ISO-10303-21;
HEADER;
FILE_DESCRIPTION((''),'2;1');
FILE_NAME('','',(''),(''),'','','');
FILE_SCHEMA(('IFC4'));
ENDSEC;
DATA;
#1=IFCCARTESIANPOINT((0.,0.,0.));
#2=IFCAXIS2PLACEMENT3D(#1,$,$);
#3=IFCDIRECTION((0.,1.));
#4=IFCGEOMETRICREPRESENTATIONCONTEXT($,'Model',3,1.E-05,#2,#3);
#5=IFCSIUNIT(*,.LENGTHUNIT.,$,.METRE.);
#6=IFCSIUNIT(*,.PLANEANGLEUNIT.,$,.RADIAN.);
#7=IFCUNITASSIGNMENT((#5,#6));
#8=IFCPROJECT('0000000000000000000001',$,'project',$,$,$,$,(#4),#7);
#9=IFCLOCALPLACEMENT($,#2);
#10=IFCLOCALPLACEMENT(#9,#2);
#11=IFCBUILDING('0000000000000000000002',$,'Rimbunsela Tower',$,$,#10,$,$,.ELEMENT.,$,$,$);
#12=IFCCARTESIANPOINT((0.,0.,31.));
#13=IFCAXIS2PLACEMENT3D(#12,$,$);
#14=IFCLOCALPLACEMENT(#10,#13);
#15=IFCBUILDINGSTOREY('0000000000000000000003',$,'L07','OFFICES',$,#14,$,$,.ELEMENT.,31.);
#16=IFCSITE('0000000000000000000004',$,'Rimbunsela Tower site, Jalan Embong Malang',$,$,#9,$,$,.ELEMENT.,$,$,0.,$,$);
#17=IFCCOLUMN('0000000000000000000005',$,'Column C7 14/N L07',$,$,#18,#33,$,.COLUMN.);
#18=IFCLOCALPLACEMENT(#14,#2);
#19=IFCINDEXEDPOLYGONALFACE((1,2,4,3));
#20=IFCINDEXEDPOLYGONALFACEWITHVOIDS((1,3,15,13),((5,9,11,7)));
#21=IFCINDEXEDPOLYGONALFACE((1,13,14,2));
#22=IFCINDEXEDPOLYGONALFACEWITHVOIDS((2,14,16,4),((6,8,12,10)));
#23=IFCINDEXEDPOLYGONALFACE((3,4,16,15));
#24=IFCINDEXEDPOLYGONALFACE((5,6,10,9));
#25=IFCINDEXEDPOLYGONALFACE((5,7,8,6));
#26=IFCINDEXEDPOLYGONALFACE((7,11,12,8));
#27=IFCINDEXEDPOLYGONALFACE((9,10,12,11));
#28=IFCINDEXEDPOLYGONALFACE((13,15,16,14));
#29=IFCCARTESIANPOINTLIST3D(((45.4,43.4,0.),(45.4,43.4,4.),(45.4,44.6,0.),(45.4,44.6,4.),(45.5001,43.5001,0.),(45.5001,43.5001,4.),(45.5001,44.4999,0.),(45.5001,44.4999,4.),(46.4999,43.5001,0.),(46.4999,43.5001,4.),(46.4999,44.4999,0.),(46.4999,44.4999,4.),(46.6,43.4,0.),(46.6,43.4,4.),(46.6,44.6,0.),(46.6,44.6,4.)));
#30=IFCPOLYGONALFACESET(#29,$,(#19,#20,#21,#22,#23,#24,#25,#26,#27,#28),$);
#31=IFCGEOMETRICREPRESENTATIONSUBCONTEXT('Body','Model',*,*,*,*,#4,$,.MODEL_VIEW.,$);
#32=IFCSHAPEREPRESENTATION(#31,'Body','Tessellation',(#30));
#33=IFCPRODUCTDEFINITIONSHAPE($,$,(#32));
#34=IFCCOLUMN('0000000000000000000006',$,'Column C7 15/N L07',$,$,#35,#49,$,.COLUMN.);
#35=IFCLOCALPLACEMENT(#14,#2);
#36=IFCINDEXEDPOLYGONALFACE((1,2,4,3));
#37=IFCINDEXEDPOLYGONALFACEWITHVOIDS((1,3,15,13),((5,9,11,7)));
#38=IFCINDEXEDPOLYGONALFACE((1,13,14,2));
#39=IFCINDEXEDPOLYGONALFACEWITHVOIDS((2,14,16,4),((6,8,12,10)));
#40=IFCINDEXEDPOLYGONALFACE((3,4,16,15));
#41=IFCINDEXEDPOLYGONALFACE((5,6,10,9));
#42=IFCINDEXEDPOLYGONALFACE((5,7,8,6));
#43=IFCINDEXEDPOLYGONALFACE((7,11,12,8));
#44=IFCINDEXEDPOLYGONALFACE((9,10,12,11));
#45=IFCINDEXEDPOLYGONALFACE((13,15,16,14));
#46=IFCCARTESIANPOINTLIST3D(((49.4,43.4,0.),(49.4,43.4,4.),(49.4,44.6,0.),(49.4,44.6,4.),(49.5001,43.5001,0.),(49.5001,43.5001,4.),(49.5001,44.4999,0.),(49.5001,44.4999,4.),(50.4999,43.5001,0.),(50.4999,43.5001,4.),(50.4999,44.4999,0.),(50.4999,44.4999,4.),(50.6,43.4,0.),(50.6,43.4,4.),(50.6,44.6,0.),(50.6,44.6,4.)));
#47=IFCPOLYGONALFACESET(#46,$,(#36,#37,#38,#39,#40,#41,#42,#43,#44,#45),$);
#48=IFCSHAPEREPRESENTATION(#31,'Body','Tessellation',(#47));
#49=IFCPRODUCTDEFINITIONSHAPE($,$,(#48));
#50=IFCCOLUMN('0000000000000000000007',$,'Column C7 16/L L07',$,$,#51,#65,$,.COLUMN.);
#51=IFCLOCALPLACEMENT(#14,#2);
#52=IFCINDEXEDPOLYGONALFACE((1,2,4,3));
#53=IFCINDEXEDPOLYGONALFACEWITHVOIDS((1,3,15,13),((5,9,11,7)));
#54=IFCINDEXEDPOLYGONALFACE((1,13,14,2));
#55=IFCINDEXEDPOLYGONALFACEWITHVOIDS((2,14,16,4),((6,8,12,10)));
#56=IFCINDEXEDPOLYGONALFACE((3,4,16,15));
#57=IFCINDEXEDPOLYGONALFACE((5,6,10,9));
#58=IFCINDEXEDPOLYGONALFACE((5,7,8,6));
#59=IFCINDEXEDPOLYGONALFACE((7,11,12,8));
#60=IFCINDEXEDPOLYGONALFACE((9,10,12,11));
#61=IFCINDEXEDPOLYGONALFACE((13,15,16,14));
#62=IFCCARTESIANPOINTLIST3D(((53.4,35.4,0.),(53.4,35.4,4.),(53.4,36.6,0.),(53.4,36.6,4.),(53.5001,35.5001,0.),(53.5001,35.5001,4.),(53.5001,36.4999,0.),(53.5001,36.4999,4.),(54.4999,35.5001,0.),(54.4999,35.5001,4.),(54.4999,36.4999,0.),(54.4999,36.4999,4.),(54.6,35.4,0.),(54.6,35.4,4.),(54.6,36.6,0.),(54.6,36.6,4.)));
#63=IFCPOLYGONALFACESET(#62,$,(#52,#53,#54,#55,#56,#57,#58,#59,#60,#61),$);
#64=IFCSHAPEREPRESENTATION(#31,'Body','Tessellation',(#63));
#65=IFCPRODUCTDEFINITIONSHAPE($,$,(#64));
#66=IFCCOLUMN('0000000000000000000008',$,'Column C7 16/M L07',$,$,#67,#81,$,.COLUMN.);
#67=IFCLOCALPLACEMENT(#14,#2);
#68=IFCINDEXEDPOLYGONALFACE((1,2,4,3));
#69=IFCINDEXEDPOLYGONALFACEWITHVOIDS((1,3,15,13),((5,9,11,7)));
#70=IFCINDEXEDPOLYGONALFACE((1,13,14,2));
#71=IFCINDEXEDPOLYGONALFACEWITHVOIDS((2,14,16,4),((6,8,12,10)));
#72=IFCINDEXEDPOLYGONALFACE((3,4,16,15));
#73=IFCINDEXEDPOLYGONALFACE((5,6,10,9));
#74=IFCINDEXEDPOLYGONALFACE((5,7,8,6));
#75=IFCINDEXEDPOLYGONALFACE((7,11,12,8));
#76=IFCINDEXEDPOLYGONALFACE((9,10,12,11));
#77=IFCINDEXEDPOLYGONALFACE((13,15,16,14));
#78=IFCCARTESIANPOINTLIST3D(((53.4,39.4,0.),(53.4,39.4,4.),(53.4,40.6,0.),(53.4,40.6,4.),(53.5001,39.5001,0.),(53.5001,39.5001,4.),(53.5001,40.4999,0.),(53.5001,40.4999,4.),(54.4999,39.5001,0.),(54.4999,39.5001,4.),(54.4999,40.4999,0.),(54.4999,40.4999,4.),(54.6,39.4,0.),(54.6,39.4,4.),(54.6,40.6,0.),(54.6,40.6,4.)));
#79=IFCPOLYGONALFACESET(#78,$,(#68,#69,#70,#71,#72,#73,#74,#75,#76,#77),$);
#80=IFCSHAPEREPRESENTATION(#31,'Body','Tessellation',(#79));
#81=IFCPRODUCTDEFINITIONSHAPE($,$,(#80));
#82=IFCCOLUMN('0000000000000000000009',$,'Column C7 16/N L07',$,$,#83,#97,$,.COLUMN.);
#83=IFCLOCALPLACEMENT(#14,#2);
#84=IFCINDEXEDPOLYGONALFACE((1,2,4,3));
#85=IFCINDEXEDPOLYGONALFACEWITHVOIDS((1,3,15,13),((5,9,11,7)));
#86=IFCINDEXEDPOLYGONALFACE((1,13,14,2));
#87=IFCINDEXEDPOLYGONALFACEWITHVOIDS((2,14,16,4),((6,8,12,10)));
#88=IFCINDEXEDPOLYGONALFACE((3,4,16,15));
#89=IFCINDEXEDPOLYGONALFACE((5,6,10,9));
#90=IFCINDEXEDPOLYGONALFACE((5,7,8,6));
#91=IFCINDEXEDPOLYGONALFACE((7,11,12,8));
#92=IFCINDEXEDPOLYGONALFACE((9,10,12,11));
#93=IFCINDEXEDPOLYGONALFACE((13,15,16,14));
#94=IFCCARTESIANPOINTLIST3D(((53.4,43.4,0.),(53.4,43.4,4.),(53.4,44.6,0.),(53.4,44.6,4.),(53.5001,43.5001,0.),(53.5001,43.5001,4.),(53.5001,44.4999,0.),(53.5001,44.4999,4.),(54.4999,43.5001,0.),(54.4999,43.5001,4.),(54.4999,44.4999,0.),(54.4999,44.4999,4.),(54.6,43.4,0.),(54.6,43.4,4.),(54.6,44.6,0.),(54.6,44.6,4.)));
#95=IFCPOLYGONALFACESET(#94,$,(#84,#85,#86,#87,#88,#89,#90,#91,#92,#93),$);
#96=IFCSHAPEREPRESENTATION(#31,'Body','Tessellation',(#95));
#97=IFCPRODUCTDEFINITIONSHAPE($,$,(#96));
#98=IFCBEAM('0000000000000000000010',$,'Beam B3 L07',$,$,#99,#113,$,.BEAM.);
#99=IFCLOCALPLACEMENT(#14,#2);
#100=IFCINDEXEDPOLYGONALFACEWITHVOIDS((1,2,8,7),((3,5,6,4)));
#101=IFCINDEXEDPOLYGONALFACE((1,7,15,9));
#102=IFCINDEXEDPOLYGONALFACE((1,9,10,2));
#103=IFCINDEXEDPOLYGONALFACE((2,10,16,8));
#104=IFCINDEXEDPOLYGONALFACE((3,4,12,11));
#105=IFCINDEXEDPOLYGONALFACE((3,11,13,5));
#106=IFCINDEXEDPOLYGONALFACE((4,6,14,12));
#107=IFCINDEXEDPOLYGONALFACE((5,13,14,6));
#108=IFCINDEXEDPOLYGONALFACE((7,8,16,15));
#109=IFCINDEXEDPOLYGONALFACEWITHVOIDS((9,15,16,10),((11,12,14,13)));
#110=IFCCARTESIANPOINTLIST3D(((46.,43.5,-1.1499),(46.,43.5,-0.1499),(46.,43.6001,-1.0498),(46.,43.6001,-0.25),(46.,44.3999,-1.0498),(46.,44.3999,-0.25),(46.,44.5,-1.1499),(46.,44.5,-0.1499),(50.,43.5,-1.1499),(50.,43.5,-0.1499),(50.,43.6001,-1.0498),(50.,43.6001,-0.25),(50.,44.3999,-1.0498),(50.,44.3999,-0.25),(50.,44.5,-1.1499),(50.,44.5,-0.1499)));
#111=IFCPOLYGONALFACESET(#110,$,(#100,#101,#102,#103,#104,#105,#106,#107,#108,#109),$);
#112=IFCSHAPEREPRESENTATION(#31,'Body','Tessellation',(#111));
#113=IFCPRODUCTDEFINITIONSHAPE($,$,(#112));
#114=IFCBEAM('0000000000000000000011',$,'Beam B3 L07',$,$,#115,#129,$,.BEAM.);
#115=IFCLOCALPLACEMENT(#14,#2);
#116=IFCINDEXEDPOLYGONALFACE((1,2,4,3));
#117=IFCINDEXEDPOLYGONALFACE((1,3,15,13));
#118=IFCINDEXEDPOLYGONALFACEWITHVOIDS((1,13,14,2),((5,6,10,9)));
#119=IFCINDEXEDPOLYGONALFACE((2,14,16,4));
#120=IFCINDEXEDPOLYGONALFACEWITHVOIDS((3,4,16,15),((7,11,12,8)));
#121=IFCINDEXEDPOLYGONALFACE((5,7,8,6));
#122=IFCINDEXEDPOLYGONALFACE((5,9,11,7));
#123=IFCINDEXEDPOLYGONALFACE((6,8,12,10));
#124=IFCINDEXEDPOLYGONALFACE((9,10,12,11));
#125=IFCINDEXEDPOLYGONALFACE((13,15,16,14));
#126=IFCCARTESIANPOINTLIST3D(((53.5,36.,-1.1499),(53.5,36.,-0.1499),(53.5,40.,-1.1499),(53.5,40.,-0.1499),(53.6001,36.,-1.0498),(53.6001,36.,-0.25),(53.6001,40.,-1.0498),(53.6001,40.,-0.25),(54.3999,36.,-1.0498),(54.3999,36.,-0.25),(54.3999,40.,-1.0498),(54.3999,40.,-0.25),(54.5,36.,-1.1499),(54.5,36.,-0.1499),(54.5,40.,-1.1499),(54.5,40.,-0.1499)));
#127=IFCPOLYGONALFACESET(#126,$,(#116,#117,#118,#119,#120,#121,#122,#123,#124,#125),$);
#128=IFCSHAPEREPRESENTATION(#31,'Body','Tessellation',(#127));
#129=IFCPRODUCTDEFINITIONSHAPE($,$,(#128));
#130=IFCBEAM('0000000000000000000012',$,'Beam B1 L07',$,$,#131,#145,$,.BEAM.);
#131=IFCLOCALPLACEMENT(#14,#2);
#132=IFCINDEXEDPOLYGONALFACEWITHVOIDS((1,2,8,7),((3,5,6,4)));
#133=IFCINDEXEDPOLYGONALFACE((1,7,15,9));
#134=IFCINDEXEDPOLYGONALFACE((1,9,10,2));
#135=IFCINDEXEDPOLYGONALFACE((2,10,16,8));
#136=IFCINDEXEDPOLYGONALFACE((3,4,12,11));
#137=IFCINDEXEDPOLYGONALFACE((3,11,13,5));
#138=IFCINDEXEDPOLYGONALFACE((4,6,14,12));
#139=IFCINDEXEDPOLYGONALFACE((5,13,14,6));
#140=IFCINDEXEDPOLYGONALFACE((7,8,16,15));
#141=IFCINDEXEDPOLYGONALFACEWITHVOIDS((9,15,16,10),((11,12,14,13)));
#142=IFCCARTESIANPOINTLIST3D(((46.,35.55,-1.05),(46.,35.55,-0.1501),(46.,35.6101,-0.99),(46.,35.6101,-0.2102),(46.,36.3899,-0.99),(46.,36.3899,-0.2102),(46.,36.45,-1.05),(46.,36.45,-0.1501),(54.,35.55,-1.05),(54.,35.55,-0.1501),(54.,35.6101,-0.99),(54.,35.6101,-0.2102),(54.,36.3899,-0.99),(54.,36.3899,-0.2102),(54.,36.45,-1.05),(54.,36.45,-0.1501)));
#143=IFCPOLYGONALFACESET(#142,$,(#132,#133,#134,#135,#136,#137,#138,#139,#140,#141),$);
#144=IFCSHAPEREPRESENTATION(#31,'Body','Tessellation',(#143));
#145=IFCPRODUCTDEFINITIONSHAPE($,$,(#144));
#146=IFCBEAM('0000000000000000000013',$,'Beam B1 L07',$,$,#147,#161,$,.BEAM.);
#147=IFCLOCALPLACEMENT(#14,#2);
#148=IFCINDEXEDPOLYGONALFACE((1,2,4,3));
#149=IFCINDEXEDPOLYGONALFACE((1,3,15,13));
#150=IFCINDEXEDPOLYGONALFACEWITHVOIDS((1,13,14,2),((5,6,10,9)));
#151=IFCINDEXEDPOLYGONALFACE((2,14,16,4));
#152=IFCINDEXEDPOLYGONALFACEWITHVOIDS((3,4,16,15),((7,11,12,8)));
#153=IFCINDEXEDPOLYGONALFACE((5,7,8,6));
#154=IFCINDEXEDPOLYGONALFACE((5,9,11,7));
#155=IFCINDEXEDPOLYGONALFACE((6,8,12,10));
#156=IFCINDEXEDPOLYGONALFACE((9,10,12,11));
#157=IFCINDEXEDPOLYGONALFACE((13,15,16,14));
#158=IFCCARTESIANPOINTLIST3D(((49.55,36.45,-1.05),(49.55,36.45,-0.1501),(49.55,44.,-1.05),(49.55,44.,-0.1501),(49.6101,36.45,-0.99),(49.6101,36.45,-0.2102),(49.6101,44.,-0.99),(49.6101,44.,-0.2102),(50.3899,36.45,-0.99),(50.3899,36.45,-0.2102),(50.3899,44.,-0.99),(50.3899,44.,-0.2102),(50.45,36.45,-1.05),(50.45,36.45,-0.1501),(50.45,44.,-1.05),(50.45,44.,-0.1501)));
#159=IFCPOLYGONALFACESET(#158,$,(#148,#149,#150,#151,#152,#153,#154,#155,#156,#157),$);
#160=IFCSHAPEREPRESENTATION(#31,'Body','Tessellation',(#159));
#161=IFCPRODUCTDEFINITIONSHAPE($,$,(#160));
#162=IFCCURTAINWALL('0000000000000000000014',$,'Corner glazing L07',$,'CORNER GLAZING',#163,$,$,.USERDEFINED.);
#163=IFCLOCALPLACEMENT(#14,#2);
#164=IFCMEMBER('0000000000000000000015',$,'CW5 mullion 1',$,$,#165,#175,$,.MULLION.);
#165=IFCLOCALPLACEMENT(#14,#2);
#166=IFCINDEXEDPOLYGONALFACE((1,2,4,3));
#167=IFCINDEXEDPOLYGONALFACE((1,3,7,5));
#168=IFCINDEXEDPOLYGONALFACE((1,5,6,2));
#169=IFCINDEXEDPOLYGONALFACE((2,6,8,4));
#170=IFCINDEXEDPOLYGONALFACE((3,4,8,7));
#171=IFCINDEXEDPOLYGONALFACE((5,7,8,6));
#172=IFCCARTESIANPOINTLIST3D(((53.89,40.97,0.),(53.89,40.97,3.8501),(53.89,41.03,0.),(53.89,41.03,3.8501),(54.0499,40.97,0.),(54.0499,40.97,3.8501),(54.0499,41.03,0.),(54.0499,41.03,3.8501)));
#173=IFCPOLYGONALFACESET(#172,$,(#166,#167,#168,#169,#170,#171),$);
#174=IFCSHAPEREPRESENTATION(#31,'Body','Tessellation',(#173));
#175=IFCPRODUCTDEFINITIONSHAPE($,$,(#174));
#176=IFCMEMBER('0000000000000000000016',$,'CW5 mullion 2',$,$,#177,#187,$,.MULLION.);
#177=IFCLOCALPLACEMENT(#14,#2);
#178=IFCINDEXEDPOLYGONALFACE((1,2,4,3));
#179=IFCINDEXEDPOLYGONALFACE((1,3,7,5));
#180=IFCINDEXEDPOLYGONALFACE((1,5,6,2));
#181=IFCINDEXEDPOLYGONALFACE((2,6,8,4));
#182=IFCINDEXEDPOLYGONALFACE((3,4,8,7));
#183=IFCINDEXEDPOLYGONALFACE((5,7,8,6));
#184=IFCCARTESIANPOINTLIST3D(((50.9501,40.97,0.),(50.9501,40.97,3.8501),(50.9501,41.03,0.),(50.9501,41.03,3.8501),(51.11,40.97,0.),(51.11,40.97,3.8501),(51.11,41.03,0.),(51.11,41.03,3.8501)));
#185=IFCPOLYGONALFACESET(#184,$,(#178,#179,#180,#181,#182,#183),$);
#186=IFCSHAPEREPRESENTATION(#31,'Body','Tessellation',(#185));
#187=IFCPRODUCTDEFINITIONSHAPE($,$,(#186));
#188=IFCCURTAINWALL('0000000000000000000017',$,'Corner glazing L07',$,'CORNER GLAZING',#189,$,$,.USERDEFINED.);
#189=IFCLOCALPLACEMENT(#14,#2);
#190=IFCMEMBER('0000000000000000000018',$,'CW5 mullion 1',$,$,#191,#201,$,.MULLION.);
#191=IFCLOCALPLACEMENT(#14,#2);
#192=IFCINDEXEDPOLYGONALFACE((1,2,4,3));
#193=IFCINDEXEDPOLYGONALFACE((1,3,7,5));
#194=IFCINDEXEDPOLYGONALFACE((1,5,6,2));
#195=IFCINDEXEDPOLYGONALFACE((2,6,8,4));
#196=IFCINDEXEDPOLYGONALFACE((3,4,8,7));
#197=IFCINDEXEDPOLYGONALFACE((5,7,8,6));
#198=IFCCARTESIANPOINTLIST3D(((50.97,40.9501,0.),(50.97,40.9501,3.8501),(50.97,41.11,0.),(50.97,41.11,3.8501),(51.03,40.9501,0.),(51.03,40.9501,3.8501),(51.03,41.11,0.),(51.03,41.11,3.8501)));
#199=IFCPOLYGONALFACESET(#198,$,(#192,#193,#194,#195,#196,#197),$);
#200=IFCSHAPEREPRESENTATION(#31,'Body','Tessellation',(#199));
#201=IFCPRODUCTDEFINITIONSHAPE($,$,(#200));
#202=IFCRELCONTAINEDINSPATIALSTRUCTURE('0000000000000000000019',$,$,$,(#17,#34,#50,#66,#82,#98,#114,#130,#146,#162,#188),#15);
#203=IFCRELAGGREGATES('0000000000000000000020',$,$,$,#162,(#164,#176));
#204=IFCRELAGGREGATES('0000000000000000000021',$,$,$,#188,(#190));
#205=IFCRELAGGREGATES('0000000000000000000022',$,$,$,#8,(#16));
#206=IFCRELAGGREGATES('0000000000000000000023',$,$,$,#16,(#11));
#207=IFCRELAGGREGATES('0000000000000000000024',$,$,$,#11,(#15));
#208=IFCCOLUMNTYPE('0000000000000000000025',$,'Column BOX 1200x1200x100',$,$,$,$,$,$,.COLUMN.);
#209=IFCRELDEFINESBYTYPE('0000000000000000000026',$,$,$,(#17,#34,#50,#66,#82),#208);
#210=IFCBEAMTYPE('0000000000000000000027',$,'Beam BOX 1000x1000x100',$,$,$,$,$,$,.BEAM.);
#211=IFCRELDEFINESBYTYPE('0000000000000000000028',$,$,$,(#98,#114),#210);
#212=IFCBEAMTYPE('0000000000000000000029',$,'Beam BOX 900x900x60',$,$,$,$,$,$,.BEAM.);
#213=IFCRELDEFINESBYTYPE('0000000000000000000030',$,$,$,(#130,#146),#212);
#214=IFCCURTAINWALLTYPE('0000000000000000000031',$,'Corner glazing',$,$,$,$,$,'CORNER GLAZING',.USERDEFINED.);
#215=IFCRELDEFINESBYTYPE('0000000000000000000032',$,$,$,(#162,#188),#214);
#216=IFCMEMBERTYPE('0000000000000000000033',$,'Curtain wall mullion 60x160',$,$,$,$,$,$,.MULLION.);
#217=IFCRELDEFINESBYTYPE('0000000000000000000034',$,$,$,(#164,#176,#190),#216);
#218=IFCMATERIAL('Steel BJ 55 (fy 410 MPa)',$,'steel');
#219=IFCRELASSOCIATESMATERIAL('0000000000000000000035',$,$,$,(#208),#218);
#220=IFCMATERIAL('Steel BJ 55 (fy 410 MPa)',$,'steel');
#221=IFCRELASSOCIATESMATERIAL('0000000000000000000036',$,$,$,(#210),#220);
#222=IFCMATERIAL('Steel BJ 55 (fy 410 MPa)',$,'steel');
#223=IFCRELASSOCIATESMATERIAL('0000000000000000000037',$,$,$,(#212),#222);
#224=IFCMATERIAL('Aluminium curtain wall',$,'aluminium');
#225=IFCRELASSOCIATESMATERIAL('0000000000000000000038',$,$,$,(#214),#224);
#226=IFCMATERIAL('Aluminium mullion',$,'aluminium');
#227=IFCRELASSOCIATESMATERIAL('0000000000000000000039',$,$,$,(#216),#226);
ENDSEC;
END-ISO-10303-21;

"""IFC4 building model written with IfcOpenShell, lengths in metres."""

from ifc_helpers import new_model, si_unit, direction, frame, origin, origin_2d, place, context, subcontext, project, spatial, rectangle, hollow_rectangle, extrude, material, material_profile, profile_set, type_object, element, aggregate, save


model = new_model("IFC4")

# Units and contexts
model_context = context("Model", 3, precision=1e-05, world=origin(), true_north=direction((0.0, 1.0)))
body_context = subcontext(model_context, "Body", "Model", "MODEL_VIEW")
ifc_project = project(units=[si_unit("LENGTHUNIT", "METRE"), si_unit("PLANEANGLEUNIT", "RADIAN")], contexts=[model_context])

# Site, building, storey
site_placement = place(None, origin())
site = spatial("IfcSite", under=ifc_project, at=site_placement, Name="Rimbunsela Tower site, Jalan Embong Malang", CompositionType="ELEMENT", RefElevation=0.0)
building_placement = place(site_placement, origin())
building = spatial("IfcBuilding", under=site, at=building_placement, Name="Rimbunsela Tower", CompositionType="ELEMENT")
storey_placement = place(building_placement, frame((0.0, 0.0, 31.0)))
storey = spatial("IfcBuildingStorey", under=building, at=storey_placement, Name="L07", Description="OFFICES", CompositionType="ELEMENT", Elevation=31.0)

# Columns
ifc_material_1 = material(Name="Steel BJ 55 (fy 410 MPa)", Category="steel")
ifc_material_profile_1 = material_profile(ifc_material_1, hollow_rectangle(XDim=1.2, YDim=1.2, WallThickness=0.1001, at=origin_2d()), Name="BOX 1200x1200x100")
ifc_profile_set_1 = profile_set([ifc_material_profile_1], Name="Steel BJ 55 (fy 410 MPa)")
column_type = type_object("IfcColumnType", Name="Column BOX 1200x1200x100", PredefinedType="COLUMN", material=ifc_profile_set_1)
for number, where, z_axis, x_axis, name in (
    (1, (46.0, 44.0, 0.0), (0.0, 0.0, 1.0), (1.0, 0.0, 0.0), "Column C7 14/N L07"),
    (2, (50.0, 44.0, 0.0), (0.0, 0.0, 1.0), (1.0, 0.0, 0.0), "Column C7 15/N L07"),
    (3, (54.0, 36.0, 0.0), (0.0, 0.0, 1.0), (1.0, 0.0, 0.0), "Column C7 16/L L07"),
    (4, (54.0, 40.0, 0.0), (0.0, 0.0, 1.0), (1.0, 0.0, 0.0), "Column C7 16/M L07"),
    (5, (54.0, 44.0, 0.0), (0.0, 0.0, 1.0), (1.0, 0.0, 0.0), "Column C7 16/N L07"),
):
    element("IfcColumn", number, at=place(storey_placement, frame(where, z_axis=z_axis, x_axis=x_axis)), inside=storey, type_object=column_type, Name=name, PredefinedType="COLUMN", context=body_context, shape_type="SweptSolid", body=[
        extrude(hollow_rectangle(XDim=1.2, YDim=1.2, WallThickness=0.1001, at=origin_2d()), origin(), (0.0, 0.0, 1.0), 4.0),
    ])

# Beams
ifc_material_2 = material(Name="Steel BJ 55 (fy 410 MPa)", Category="steel")
ifc_material_profile_2 = material_profile(ifc_material_2, hollow_rectangle(XDim=1.0, YDim=1.0, WallThickness=0.1001, at=origin_2d()), Name="BOX 1000x1000x100")
ifc_profile_set_2 = profile_set([ifc_material_profile_2], Name="Steel BJ 55 (fy 410 MPa)")
beam_type_1 = type_object("IfcBeamType", Name="Beam BOX 1000x1000x100", PredefinedType="BEAM", material=ifc_profile_set_2)
for number, where, z_axis, x_axis, name in (
    (6, (46.0, 44.0, -0.6499), (1.0, 0.0, 0.0), (0.0, 1.0, 0.0), "Beam B3 L07"),
    (7, (54.0, 36.0, -0.6499), (0.0, 1.0, 0.0), (-1.0, 0.0, 0.0), "Beam B3 L07"),
):
    element("IfcBeam", number, at=place(storey_placement, frame(where, z_axis=z_axis, x_axis=x_axis)), inside=storey, type_object=beam_type_1, Name=name, PredefinedType="BEAM", context=body_context, shape_type="SweptSolid", body=[
        extrude(hollow_rectangle(XDim=1.0, YDim=1.0, WallThickness=0.1001, at=origin_2d()), origin(), (0.0, 0.0, 1.0), 4.0),
    ])
ifc_material_3 = material(Name="Steel BJ 55 (fy 410 MPa)", Category="steel")
ifc_material_profile_3 = material_profile(ifc_material_3, hollow_rectangle(XDim=0.8999, YDim=0.8999, WallThickness=0.0601, at=origin_2d()), Name="BOX 900x900x60")
ifc_profile_set_3 = profile_set([ifc_material_profile_3], Name="Steel BJ 55 (fy 410 MPa)")
beam_type_2 = type_object("IfcBeamType", Name="Beam BOX 900x900x60", PredefinedType="BEAM", material=ifc_profile_set_3)
beam_1_placement = place(storey_placement, frame((46.0, 36.0, -0.6001), z_axis=(1.0, 0.0, 0.0), x_axis=(0.0, 1.0, 0.0)))
element("IfcBeam", 8, at=beam_1_placement, inside=storey, type_object=beam_type_2, Name="Beam B1 L07", PredefinedType="BEAM", context=body_context, shape_type="SweptSolid", body=[
    extrude(hollow_rectangle(XDim=0.8999, YDim=0.8999, WallThickness=0.0601, at=origin_2d()), origin(), (0.0, 0.0, 1.0), 8.0),
])
beam_2_placement = place(storey_placement, frame((50.0, 36.45, -0.6001), z_axis=(0.0, 1.0, 0.0), x_axis=(-1.0, 0.0, 0.0)))
element("IfcBeam", 9, at=beam_2_placement, inside=storey, type_object=beam_type_2, Name="Beam B1 L07", PredefinedType="BEAM", context=body_context, shape_type="SweptSolid", body=[
    extrude(hollow_rectangle(XDim=0.8999, YDim=0.8999, WallThickness=0.0601, at=origin_2d()), origin(), (0.0, 0.0, 1.0), 7.55),
])

# Curtain walls, members
ifc_material_4 = material(Name="Aluminium curtain wall", Category="aluminium")
curtain_wall_type = type_object("IfcCurtainWallType", Name="Corner glazing", ElementType="CORNER GLAZING", PredefinedType="USERDEFINED", material=ifc_material_4)
curtain_wall_1_placement = place(storey_placement, origin())
curtain_wall_1 = element("IfcCurtainWall", 10, at=curtain_wall_1_placement, inside=storey, type_object=curtain_wall_type, Name="Corner glazing L07", ObjectType="CORNER GLAZING", PredefinedType="USERDEFINED")
ifc_material_5 = material(Name="Aluminium mullion", Category="aluminium")
ifc_material_profile_4 = material_profile(ifc_material_5, rectangle(XDim=0.0601, YDim=0.1599, at=origin_2d()), Name="Mullion 60x160")
ifc_profile_set_4 = profile_set([ifc_material_profile_4], Name="Aluminium mullion")
member_type_1 = type_object("IfcMemberType", Name="Curtain wall mullion 60x160", PredefinedType="MULLION", material=ifc_profile_set_4)
member_1_placement = place(storey_placement, frame((53.97, 41.0, 0.0), z_axis=(0.0, 0.0, 1.0), x_axis=(0.0, -1.0, 0.0)))
member_1 = element("IfcMember", 11, at=member_1_placement, type_object=member_type_1, Name="CW5 mullion 1", PredefinedType="MULLION", context=body_context, shape_type="SweptSolid", body=[
    extrude(rectangle(XDim=0.0601, YDim=0.1599, at=origin_2d()), origin(), (0.0, 0.0, 1.0), 3.8501),
])
member_2_placement = place(storey_placement, frame((51.03, 41.0, 0.0), z_axis=(0.0, 0.0, 1.0), x_axis=(0.0, -1.0, 0.0)))
member_2 = element("IfcMember", 12, at=member_2_placement, type_object=member_type_1, Name="CW5 mullion 2", PredefinedType="MULLION", context=body_context, shape_type="SweptSolid", body=[
    extrude(rectangle(XDim=0.0601, YDim=0.1599, at=origin_2d()), origin(), (0.0, 0.0, 1.0), 3.8501),
])
curtain_wall_2_placement = place(storey_placement, origin())
curtain_wall_2 = element("IfcCurtainWall", 13, at=curtain_wall_2_placement, inside=storey, type_object=curtain_wall_type, Name="Corner glazing L07", ObjectType="CORNER GLAZING", PredefinedType="USERDEFINED")
member_3_placement = place(storey_placement, frame((51.0, 41.03, 0.0), z_axis=(0.0, 0.0, 1.0), x_axis=(-1.0, 0.0, 0.0)))
member_3 = element("IfcMember", 14, at=member_3_placement, type_object=member_type_1, Name="CW5 mullion 1", PredefinedType="MULLION", context=body_context, shape_type="SweptSolid", body=[
    extrude(rectangle(XDim=0.0601, YDim=0.1599, at=origin_2d()), origin(), (0.0, 0.0, 1.0), 3.8501),
])

aggregate(curtain_wall_1, [member_1, member_2])
aggregate(curtain_wall_2, [member_3])

save(model, "model.ifc")
